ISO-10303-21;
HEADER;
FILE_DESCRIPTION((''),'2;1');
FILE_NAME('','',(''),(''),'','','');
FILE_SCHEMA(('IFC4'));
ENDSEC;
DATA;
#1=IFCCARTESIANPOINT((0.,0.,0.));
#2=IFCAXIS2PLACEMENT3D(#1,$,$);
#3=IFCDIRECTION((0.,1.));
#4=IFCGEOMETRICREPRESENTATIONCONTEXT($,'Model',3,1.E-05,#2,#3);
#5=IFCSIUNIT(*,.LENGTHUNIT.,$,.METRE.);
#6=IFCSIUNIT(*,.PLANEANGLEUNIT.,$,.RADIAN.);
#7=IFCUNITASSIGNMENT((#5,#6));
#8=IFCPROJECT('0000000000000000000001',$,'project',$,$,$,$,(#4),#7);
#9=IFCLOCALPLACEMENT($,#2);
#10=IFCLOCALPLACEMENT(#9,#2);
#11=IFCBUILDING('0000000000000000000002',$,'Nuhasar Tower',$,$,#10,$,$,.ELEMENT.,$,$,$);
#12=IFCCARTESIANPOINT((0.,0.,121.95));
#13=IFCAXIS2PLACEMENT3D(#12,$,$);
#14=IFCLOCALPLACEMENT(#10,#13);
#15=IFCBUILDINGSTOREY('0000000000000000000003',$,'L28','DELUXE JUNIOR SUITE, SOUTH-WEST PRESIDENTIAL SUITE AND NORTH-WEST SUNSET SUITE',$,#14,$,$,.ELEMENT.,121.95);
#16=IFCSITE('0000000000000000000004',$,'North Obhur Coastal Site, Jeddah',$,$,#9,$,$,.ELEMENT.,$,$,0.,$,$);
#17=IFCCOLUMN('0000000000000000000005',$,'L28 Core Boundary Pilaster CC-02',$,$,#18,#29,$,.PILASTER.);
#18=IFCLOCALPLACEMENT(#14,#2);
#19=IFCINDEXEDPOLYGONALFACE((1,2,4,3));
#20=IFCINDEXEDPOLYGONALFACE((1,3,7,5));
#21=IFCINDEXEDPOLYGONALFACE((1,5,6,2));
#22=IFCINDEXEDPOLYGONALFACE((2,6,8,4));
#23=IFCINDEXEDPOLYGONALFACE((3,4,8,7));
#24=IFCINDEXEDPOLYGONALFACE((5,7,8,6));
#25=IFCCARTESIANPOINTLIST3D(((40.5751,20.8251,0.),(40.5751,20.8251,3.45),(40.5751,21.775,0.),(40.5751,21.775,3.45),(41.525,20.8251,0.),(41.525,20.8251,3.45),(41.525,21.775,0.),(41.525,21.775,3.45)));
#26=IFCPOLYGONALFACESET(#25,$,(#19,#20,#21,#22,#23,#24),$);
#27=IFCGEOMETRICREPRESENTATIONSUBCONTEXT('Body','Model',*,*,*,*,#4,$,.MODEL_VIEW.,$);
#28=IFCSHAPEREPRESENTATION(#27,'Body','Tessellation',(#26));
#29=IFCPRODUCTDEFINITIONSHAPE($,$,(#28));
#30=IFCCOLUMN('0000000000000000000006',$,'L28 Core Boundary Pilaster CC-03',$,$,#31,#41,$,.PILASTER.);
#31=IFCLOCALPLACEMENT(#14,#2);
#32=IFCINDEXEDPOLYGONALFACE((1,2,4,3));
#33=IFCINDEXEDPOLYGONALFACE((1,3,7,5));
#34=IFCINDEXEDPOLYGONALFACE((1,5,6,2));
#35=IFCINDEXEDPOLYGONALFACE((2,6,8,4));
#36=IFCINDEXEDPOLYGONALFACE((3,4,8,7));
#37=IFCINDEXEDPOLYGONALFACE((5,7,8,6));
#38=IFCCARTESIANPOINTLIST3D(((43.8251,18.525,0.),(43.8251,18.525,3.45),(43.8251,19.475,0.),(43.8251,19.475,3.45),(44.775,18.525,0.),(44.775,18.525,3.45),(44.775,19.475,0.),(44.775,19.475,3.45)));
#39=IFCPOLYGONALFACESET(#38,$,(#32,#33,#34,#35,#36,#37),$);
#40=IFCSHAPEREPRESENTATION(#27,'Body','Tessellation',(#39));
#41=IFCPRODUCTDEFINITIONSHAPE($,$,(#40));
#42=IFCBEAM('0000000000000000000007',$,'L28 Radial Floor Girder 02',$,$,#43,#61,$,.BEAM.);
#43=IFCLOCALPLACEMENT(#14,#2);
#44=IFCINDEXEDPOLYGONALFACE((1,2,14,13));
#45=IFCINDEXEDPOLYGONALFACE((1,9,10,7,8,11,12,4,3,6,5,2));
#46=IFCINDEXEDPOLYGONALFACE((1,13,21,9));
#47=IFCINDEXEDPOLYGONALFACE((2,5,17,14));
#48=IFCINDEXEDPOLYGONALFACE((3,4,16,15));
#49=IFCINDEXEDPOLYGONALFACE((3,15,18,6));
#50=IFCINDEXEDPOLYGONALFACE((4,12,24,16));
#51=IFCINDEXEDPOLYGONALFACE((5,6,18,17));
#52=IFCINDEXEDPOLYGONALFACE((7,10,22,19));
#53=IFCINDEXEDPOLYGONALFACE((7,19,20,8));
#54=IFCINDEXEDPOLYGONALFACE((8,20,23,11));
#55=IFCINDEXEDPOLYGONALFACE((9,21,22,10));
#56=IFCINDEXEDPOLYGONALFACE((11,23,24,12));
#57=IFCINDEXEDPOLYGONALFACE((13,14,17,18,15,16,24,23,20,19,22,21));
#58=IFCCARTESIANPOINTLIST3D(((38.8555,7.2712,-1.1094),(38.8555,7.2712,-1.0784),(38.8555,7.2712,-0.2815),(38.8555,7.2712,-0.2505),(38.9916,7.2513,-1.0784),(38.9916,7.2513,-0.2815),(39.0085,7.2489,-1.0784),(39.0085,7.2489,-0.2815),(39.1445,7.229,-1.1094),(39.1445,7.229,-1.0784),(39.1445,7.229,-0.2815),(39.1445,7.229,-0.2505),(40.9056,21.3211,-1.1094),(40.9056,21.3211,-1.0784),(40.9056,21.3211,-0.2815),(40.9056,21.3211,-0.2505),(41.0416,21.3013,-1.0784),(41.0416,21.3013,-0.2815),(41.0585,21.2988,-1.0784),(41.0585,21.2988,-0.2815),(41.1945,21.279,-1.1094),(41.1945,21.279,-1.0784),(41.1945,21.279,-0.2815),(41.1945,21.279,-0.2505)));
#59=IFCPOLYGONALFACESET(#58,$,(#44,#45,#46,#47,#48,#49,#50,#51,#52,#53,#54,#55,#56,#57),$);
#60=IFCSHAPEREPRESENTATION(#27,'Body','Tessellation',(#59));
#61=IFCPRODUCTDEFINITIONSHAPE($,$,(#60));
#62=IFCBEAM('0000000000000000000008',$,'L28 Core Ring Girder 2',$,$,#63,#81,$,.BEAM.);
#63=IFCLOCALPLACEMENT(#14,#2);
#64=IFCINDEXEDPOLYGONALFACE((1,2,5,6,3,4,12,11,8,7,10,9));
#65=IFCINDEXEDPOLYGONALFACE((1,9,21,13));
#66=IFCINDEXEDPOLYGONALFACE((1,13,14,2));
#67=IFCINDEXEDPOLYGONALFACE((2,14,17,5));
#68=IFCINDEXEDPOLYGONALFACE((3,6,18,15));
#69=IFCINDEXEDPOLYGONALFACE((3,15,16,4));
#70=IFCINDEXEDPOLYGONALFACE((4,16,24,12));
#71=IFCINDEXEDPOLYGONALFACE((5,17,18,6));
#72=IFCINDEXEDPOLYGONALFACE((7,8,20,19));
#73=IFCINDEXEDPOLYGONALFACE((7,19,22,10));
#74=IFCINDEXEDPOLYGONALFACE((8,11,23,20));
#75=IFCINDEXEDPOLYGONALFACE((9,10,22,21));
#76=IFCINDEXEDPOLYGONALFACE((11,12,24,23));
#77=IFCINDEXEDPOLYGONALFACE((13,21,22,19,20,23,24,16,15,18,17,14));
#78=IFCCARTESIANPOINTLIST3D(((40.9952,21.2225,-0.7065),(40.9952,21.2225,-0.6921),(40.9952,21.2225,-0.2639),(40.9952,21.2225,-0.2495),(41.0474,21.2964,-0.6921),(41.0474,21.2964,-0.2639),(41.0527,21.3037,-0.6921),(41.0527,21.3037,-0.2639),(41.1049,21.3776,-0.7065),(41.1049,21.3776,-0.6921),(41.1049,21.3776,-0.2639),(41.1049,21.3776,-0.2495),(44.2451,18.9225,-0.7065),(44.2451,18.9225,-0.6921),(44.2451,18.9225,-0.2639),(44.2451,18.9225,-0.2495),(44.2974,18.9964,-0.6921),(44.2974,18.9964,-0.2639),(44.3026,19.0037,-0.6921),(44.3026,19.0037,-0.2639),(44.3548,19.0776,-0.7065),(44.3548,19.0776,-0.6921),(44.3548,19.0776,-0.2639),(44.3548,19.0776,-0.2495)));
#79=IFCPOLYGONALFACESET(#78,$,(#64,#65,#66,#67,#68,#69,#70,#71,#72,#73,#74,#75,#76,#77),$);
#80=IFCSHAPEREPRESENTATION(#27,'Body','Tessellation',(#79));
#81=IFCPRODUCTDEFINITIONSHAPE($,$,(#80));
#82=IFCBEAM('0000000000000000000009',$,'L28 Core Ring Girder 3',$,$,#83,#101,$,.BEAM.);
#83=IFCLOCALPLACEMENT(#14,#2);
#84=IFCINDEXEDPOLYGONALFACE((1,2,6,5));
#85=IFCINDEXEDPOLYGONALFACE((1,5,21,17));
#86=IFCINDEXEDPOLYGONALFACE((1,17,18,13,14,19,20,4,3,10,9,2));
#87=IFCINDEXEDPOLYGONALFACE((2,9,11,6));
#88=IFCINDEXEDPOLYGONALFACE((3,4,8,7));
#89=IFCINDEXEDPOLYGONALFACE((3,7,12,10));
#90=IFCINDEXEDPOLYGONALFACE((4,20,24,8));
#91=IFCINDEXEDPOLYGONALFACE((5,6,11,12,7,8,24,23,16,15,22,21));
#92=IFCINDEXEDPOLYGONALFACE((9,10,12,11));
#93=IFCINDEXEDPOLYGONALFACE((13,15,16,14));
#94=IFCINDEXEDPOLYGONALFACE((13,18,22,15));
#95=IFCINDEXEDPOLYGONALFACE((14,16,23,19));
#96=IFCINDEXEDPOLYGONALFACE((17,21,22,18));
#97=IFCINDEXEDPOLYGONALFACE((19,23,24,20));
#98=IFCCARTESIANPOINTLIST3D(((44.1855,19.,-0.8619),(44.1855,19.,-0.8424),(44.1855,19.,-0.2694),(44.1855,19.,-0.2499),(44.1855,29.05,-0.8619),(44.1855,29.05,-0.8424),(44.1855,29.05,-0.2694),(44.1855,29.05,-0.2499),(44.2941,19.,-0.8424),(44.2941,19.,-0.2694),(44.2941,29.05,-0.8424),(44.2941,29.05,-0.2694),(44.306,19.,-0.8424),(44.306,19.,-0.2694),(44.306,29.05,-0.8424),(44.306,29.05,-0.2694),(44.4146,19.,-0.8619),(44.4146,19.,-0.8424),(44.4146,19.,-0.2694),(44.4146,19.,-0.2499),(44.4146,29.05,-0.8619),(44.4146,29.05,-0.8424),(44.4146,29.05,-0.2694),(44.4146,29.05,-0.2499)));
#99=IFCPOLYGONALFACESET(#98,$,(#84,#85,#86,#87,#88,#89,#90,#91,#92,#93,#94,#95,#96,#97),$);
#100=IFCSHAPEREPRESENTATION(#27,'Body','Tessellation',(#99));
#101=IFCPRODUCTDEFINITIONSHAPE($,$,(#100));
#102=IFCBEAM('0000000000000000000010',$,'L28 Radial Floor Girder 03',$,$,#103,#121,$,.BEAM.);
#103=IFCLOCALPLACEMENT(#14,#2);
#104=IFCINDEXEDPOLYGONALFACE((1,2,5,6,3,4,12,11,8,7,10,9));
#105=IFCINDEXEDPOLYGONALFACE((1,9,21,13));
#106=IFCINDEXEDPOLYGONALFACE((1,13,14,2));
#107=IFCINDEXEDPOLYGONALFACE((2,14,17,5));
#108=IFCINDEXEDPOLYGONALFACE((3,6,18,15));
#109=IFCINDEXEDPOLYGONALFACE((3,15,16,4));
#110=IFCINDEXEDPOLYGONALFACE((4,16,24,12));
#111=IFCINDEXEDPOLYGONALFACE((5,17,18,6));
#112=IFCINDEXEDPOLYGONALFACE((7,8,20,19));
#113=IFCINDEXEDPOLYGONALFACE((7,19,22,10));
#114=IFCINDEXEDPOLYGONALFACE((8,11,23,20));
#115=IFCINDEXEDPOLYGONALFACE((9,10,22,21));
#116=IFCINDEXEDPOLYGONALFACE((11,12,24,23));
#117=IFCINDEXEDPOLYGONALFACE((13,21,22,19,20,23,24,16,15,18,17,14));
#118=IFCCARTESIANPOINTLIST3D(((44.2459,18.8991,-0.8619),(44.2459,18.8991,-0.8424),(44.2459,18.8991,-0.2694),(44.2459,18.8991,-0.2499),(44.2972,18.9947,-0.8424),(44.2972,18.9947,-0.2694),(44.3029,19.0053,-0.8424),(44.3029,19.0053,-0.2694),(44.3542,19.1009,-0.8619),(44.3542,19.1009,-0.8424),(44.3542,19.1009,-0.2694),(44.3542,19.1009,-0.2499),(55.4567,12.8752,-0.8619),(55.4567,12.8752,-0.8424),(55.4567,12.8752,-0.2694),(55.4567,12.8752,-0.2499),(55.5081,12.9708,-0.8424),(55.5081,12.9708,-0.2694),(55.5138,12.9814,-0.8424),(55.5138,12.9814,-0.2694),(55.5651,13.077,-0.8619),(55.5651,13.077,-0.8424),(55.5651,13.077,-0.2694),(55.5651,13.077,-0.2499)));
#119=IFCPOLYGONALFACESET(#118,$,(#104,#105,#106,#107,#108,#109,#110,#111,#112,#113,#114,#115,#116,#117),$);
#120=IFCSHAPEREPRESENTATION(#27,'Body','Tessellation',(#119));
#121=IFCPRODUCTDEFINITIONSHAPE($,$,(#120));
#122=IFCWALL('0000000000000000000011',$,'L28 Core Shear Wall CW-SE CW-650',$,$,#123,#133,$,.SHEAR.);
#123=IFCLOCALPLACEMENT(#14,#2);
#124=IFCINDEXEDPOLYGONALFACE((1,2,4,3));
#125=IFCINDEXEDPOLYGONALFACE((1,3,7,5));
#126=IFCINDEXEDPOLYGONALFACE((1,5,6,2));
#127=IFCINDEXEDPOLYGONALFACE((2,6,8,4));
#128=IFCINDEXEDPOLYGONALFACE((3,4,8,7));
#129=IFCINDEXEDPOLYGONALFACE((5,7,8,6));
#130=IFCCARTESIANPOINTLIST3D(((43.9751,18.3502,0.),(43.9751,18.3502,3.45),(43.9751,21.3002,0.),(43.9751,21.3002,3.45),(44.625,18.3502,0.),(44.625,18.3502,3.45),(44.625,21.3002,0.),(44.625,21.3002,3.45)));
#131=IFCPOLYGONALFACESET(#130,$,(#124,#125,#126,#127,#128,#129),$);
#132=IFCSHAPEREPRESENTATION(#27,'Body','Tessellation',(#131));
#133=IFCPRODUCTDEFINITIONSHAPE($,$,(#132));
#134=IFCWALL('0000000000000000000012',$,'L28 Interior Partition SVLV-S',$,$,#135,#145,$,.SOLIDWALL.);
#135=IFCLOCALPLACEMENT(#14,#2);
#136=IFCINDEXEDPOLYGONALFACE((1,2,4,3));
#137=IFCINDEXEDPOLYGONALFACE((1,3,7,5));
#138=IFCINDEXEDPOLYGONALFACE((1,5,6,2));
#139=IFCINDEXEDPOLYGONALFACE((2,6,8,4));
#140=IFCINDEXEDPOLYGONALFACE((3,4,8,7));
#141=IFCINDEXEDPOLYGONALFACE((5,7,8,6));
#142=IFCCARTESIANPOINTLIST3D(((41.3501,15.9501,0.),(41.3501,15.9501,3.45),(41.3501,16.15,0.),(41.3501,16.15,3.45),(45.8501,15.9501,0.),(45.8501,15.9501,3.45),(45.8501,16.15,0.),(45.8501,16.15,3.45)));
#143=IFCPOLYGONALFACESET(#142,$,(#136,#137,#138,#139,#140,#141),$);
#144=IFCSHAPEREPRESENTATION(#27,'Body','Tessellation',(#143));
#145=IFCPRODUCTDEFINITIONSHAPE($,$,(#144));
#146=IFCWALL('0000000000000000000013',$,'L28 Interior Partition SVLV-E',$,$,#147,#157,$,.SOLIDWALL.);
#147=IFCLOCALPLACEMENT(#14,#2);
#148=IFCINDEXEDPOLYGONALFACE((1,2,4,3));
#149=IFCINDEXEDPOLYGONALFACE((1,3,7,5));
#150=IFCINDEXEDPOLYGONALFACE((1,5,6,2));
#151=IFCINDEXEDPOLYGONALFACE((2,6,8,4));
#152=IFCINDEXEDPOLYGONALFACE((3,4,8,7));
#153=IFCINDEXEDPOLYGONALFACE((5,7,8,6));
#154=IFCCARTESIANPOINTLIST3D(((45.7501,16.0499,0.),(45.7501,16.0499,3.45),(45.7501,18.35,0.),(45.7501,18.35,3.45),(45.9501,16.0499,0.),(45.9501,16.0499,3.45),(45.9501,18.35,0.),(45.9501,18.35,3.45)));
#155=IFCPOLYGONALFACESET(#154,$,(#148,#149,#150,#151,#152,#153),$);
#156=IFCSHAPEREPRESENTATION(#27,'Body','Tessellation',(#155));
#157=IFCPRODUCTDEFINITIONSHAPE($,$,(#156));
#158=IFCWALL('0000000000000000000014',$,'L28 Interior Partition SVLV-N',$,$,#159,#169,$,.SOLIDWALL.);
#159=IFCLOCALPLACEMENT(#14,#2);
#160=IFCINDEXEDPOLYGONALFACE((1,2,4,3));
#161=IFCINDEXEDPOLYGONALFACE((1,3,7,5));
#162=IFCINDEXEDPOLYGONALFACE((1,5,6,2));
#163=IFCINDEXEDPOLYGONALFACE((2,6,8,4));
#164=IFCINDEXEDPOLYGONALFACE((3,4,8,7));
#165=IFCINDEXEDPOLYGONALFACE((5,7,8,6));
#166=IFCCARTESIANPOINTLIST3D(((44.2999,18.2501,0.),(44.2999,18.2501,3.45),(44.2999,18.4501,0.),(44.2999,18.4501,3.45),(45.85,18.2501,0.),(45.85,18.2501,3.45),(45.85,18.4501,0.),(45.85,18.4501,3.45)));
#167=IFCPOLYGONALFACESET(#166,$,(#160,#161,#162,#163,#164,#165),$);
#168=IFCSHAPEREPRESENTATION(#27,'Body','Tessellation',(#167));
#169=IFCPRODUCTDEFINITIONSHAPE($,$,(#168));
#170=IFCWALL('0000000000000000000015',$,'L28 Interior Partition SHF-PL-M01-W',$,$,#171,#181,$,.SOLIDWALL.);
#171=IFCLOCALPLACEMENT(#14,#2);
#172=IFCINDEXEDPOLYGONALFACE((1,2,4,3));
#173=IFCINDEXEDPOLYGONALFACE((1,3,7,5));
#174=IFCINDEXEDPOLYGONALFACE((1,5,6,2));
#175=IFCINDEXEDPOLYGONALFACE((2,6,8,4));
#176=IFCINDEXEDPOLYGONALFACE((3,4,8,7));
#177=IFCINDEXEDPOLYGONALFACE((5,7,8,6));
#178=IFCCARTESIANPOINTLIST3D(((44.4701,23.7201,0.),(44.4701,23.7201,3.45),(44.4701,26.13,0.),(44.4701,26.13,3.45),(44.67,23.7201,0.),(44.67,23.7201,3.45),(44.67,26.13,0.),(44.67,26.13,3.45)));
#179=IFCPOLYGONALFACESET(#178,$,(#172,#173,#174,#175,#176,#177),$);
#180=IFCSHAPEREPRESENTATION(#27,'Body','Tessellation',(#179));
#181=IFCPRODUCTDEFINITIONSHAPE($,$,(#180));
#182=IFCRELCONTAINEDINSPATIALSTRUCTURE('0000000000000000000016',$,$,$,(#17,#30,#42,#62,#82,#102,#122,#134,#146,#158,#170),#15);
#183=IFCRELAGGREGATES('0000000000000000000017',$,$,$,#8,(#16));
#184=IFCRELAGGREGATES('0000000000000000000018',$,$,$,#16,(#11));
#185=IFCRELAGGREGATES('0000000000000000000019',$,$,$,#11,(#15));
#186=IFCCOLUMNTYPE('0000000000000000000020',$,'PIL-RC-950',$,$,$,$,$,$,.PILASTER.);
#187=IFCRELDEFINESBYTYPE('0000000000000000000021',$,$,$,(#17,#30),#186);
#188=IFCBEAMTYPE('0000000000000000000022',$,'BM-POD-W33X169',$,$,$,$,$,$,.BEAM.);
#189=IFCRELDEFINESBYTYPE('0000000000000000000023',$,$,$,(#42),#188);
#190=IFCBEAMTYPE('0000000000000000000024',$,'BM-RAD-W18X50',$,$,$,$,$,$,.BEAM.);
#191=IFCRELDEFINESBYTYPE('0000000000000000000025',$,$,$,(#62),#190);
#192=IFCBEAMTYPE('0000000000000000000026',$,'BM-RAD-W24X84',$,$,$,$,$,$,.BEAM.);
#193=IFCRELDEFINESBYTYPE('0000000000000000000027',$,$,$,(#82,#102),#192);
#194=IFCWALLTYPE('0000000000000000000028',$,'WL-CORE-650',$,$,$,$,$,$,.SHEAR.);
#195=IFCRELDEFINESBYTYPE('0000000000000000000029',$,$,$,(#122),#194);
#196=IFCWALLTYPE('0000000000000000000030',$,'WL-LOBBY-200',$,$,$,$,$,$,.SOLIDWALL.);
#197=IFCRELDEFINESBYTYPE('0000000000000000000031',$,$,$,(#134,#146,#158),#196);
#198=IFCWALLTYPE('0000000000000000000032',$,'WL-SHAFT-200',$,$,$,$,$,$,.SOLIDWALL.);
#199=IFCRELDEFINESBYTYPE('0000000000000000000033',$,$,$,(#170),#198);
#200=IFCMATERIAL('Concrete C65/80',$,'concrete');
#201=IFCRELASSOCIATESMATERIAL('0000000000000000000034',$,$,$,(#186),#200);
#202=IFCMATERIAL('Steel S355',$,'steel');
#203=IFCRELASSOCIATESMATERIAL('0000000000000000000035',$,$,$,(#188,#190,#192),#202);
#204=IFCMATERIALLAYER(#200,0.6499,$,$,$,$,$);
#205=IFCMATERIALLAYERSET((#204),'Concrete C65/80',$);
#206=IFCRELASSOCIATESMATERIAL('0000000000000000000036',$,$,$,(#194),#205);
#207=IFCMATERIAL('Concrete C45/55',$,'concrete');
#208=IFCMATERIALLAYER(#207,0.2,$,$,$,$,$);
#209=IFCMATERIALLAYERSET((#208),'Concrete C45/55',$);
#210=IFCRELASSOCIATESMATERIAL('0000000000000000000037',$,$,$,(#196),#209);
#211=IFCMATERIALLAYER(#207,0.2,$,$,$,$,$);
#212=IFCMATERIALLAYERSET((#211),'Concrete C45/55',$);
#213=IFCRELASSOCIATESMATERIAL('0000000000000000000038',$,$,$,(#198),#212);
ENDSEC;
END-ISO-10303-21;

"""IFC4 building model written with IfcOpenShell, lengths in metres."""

from ifc_helpers import new_model, si_unit, direction, frame, frame_2d, origin, origin_2d, place, context, subcontext, project, spatial, rectangle, i_section, extrude, material, layer, layer_set, material_profile, profile_set, type_object, element, save


model = new_model("IFC4")

# Units and contexts
model_context = context("Model", 3, precision=1e-05, world=origin(), true_north=direction((0.0, 1.0)))
body_context = subcontext(model_context, "Body", "Model", "MODEL_VIEW")
ifc_project = project(units=[si_unit("LENGTHUNIT", "METRE"), si_unit("PLANEANGLEUNIT", "RADIAN")], contexts=[model_context])

# Site, building, storey
site_placement = place(None, origin())
site = spatial("IfcSite", under=ifc_project, at=site_placement, Name="North Obhur Coastal Site, Jeddah", CompositionType="ELEMENT", RefElevation=0.0)
building_placement = place(site_placement, origin())
building = spatial("IfcBuilding", under=site, at=building_placement, Name="Nuhasar Tower", CompositionType="ELEMENT")
storey_placement = place(building_placement, frame((0.0, 0.0, 121.95)))
storey = spatial("IfcBuildingStorey", under=building, at=storey_placement, Name="L28", Description="DELUXE JUNIOR SUITE, SOUTH-WEST PRESIDENTIAL SUITE AND NORTH-WEST SUNSET SUITE", CompositionType="ELEMENT", Elevation=121.95)

# Columns
ifc_material_1 = material(Name="Concrete C65/80", Category="concrete")
ifc_material_profile_1 = material_profile(ifc_material_1, rectangle(XDim=0.95, YDim=0.95, at=origin_2d()), Name="RC950X950")
ifc_profile_set_1 = profile_set([ifc_material_profile_1], Name="Concrete C65/80")
column_type = type_object("IfcColumnType", Name="PIL-RC-950", PredefinedType="PILASTER", material=ifc_profile_set_1)
for number, where, z_axis, x_axis, name in (
    (1, (41.05, 21.3, 0.0), (0.0, 0.0, 1.0), (1.0, 0.0, 0.0), "L28 Core Boundary Pilaster CC-02"),
    (2, (44.3, 19.0, 0.0), (0.0, 0.0, 1.0), (1.0, 0.0, 0.0), "L28 Core Boundary Pilaster CC-03"),
):
    element("IfcColumn", number, at=place(storey_placement, frame(where, z_axis=z_axis, x_axis=x_axis)), inside=storey, type_object=column_type, Name=name, PredefinedType="PILASTER", context=body_context, shape_type="SweptSolid", body=[
        extrude(rectangle(XDim=0.95, YDim=0.95, at=origin_2d()), origin(), (0.0, 0.0, 1.0), 3.45),
    ])

# Beams
ifc_material_2 = material(Name="Steel S355", Category="steel")
ifc_material_profile_2 = material_profile(ifc_material_2, i_section(OverallWidth=0.292, OverallDepth=0.8589, WebThickness=0.0171, FlangeThickness=0.031, at=origin_2d()), Name="W33X169")
ifc_profile_set_2 = profile_set([ifc_material_profile_2], Name="Steel S355")
beam_type_1 = type_object("IfcBeamType", Name="BM-POD-W33X169", PredefinedType="BEAM", material=ifc_profile_set_2)
beam_1_placement = place(storey_placement, frame((41.05, 21.3, -0.6799), z_axis=(-0.144382, -0.989522, 0.0), x_axis=(0.989522, -0.144382, 0.0)))
element("IfcBeam", 3, at=beam_1_placement, inside=storey, type_object=beam_type_1, Name="L28 Radial Floor Girder 02", PredefinedType="BEAM", context=body_context, shape_type="SweptSolid", body=[
    extrude(i_section(OverallWidth=0.292, OverallDepth=0.8589, WebThickness=0.0171, FlangeThickness=0.031, at=origin_2d()), origin(), (0.0, 0.0, 1.0), 14.1987),
])
ifc_material_profile_3 = material_profile(ifc_material_2, i_section(OverallWidth=0.1899, OverallDepth=0.457, WebThickness=0.009, FlangeThickness=0.0144, at=origin_2d()), Name="W18X50")
ifc_profile_set_3 = profile_set([ifc_material_profile_3], Name="Steel S355")
beam_type_2 = type_object("IfcBeamType", Name="BM-RAD-W18X50", PredefinedType="BEAM", material=ifc_profile_set_3)
beam_2_placement = place(storey_placement, frame((41.05, 21.3, -0.478), z_axis=(0.816265, -0.577677, 0.0), x_axis=(0.577677, 0.816265, 0.0)))
element("IfcBeam", 4, at=beam_2_placement, inside=storey, type_object=beam_type_2, Name="L28 Core Ring Girder 2", PredefinedType="BEAM", context=body_context, shape_type="SweptSolid", body=[
    extrude(i_section(OverallWidth=0.1899, OverallDepth=0.457, WebThickness=0.009, FlangeThickness=0.0144, at=origin_2d()), origin(), (0.0, 0.0, 1.0), 3.9814),
])
ifc_material_profile_4 = material_profile(ifc_material_2, i_section(OverallWidth=0.229, OverallDepth=0.6121, WebThickness=0.012, FlangeThickness=0.0195, at=origin_2d()), Name="W24X84")
ifc_profile_set_4 = profile_set([ifc_material_profile_4], Name="Steel S355")
beam_type_3 = type_object("IfcBeamType", Name="BM-RAD-W24X84", PredefinedType="BEAM", material=ifc_profile_set_4)
beam_3_placement = place(storey_placement, frame((44.3, 19.0, -0.5559), z_axis=(0.0, 1.0, 0.0), x_axis=(-1.0, 0.0, 0.0)))
element("IfcBeam", 5, at=beam_3_placement, inside=storey, type_object=beam_type_3, Name="L28 Core Ring Girder 3", PredefinedType="BEAM", context=body_context, shape_type="SweptSolid", body=[
    extrude(i_section(OverallWidth=0.229, OverallDepth=0.6121, WebThickness=0.012, FlangeThickness=0.0195, at=origin_2d()), origin(), (0.0, 0.0, 1.0), 10.05),
])
beam_4_placement = place(storey_placement, frame((44.3, 19.0, -0.5559), z_axis=(0.880888, -0.473324, 0.0), x_axis=(0.473324, 0.880888, 0.0)))
element("IfcBeam", 6, at=beam_4_placement, inside=storey, type_object=beam_type_3, Name="L28 Radial Floor Girder 03", PredefinedType="BEAM", context=body_context, shape_type="SweptSolid", body=[
    extrude(i_section(OverallWidth=0.229, OverallDepth=0.6121, WebThickness=0.012, FlangeThickness=0.0195, at=origin_2d()), origin(), (0.0, 0.0, 1.0), 12.7268),
])

# Wall
ifc_layer_1 = layer(ifc_material_1, 0.6499)
ifc_layer_set_1 = layer_set([ifc_layer_1], Name="Concrete C65/80")
wall_type_1 = type_object("IfcWallType", Name="WL-CORE-650", PredefinedType="SHEAR", material=ifc_layer_set_1)
wall_1_placement = place(storey_placement, frame((44.3, 18.3501, 0.0), z_axis=(0.0, 0.0, 1.0), x_axis=(0.0, 1.0, 0.0)))
element("IfcWall", 7, at=wall_1_placement, inside=storey, type_object=wall_type_1, Name="L28 Core Shear Wall CW-SE CW-650", PredefinedType="SHEAR", context=body_context, shape_type="SweptSolid", body=[
    extrude(rectangle(XDim=2.95, YDim=0.6499, at=frame_2d((1.4751, 0.0))), origin(), (0.0, 0.0, 1.0), 3.45),
])

# Shared definitions
ifc_material_3 = material(Name="Concrete C45/55", Category="concrete")
ifc_layer_2 = layer(ifc_material_3, 0.2)
ifc_layer_set_2 = layer_set([ifc_layer_2], Name="Concrete C45/55")
wall_type_2 = type_object("IfcWallType", Name="WL-LOBBY-200", PredefinedType="SOLIDWALL", material=ifc_layer_set_2)

# Walls
wall_2_placement = place(storey_placement, frame((41.3501, 16.05, 0.0), z_axis=(0.0, 0.0, 1.0), x_axis=(1.0, 0.0, 0.0)))
element("IfcWall", 8, at=wall_2_placement, inside=storey, type_object=wall_type_2, Name="L28 Interior Partition SVLV-S", PredefinedType="SOLIDWALL", context=body_context, shape_type="SweptSolid", body=[
    extrude(rectangle(XDim=4.5, YDim=0.2, at=frame_2d((2.25, 0.0))), origin(), (0.0, 0.0, 1.0), 3.45),
])
wall_3_placement = place(storey_placement, frame((45.8501, 16.05, 0.0), z_axis=(0.0, 0.0, 1.0), x_axis=(0.0, 1.0, 0.0)))
element("IfcWall", 9, at=wall_3_placement, inside=storey, type_object=wall_type_2, Name="L28 Interior Partition SVLV-E", PredefinedType="SOLIDWALL", context=body_context, shape_type="SweptSolid", body=[
    extrude(rectangle(XDim=2.3, YDim=0.2, at=frame_2d((1.1499, 0.0))), origin(), (0.0, 0.0, 1.0), 3.45),
])
wall_4_placement = place(storey_placement, frame((44.3, 18.3501, 0.0), z_axis=(0.0, 0.0, 1.0), x_axis=(1.0, 0.0, 0.0)))
element("IfcWall", 10, at=wall_4_placement, inside=storey, type_object=wall_type_2, Name="L28 Interior Partition SVLV-N", PredefinedType="SOLIDWALL", context=body_context, shape_type="SweptSolid", body=[
    extrude(rectangle(XDim=1.55, YDim=0.2, at=frame_2d((0.7749, 0.0))), origin(), (0.0, 0.0, 1.0), 3.45),
])

# Shared definitions
ifc_layer_3 = layer(ifc_material_3, 0.2)
ifc_layer_set_3 = layer_set([ifc_layer_3], Name="Concrete C45/55")
wall_type_3 = type_object("IfcWallType", Name="WL-SHAFT-200", PredefinedType="SOLIDWALL", material=ifc_layer_set_3)

# Wall
wall_5_placement = place(storey_placement, frame((44.5701, 23.72, 0.0), z_axis=(0.0, 0.0, 1.0), x_axis=(0.0, 1.0, 0.0)))
element("IfcWall", 11, at=wall_5_placement, inside=storey, type_object=wall_type_3, Name="L28 Interior Partition SHF-PL-M01-W", PredefinedType="SOLIDWALL", context=body_context, shape_type="SweptSolid", body=[
    extrude(rectangle(XDim=2.4099, YDim=0.2, at=frame_2d((1.2051, 0.0))), origin(), (0.0, 0.0, 1.0), 3.45),
])

save(model, "model.ifc")
